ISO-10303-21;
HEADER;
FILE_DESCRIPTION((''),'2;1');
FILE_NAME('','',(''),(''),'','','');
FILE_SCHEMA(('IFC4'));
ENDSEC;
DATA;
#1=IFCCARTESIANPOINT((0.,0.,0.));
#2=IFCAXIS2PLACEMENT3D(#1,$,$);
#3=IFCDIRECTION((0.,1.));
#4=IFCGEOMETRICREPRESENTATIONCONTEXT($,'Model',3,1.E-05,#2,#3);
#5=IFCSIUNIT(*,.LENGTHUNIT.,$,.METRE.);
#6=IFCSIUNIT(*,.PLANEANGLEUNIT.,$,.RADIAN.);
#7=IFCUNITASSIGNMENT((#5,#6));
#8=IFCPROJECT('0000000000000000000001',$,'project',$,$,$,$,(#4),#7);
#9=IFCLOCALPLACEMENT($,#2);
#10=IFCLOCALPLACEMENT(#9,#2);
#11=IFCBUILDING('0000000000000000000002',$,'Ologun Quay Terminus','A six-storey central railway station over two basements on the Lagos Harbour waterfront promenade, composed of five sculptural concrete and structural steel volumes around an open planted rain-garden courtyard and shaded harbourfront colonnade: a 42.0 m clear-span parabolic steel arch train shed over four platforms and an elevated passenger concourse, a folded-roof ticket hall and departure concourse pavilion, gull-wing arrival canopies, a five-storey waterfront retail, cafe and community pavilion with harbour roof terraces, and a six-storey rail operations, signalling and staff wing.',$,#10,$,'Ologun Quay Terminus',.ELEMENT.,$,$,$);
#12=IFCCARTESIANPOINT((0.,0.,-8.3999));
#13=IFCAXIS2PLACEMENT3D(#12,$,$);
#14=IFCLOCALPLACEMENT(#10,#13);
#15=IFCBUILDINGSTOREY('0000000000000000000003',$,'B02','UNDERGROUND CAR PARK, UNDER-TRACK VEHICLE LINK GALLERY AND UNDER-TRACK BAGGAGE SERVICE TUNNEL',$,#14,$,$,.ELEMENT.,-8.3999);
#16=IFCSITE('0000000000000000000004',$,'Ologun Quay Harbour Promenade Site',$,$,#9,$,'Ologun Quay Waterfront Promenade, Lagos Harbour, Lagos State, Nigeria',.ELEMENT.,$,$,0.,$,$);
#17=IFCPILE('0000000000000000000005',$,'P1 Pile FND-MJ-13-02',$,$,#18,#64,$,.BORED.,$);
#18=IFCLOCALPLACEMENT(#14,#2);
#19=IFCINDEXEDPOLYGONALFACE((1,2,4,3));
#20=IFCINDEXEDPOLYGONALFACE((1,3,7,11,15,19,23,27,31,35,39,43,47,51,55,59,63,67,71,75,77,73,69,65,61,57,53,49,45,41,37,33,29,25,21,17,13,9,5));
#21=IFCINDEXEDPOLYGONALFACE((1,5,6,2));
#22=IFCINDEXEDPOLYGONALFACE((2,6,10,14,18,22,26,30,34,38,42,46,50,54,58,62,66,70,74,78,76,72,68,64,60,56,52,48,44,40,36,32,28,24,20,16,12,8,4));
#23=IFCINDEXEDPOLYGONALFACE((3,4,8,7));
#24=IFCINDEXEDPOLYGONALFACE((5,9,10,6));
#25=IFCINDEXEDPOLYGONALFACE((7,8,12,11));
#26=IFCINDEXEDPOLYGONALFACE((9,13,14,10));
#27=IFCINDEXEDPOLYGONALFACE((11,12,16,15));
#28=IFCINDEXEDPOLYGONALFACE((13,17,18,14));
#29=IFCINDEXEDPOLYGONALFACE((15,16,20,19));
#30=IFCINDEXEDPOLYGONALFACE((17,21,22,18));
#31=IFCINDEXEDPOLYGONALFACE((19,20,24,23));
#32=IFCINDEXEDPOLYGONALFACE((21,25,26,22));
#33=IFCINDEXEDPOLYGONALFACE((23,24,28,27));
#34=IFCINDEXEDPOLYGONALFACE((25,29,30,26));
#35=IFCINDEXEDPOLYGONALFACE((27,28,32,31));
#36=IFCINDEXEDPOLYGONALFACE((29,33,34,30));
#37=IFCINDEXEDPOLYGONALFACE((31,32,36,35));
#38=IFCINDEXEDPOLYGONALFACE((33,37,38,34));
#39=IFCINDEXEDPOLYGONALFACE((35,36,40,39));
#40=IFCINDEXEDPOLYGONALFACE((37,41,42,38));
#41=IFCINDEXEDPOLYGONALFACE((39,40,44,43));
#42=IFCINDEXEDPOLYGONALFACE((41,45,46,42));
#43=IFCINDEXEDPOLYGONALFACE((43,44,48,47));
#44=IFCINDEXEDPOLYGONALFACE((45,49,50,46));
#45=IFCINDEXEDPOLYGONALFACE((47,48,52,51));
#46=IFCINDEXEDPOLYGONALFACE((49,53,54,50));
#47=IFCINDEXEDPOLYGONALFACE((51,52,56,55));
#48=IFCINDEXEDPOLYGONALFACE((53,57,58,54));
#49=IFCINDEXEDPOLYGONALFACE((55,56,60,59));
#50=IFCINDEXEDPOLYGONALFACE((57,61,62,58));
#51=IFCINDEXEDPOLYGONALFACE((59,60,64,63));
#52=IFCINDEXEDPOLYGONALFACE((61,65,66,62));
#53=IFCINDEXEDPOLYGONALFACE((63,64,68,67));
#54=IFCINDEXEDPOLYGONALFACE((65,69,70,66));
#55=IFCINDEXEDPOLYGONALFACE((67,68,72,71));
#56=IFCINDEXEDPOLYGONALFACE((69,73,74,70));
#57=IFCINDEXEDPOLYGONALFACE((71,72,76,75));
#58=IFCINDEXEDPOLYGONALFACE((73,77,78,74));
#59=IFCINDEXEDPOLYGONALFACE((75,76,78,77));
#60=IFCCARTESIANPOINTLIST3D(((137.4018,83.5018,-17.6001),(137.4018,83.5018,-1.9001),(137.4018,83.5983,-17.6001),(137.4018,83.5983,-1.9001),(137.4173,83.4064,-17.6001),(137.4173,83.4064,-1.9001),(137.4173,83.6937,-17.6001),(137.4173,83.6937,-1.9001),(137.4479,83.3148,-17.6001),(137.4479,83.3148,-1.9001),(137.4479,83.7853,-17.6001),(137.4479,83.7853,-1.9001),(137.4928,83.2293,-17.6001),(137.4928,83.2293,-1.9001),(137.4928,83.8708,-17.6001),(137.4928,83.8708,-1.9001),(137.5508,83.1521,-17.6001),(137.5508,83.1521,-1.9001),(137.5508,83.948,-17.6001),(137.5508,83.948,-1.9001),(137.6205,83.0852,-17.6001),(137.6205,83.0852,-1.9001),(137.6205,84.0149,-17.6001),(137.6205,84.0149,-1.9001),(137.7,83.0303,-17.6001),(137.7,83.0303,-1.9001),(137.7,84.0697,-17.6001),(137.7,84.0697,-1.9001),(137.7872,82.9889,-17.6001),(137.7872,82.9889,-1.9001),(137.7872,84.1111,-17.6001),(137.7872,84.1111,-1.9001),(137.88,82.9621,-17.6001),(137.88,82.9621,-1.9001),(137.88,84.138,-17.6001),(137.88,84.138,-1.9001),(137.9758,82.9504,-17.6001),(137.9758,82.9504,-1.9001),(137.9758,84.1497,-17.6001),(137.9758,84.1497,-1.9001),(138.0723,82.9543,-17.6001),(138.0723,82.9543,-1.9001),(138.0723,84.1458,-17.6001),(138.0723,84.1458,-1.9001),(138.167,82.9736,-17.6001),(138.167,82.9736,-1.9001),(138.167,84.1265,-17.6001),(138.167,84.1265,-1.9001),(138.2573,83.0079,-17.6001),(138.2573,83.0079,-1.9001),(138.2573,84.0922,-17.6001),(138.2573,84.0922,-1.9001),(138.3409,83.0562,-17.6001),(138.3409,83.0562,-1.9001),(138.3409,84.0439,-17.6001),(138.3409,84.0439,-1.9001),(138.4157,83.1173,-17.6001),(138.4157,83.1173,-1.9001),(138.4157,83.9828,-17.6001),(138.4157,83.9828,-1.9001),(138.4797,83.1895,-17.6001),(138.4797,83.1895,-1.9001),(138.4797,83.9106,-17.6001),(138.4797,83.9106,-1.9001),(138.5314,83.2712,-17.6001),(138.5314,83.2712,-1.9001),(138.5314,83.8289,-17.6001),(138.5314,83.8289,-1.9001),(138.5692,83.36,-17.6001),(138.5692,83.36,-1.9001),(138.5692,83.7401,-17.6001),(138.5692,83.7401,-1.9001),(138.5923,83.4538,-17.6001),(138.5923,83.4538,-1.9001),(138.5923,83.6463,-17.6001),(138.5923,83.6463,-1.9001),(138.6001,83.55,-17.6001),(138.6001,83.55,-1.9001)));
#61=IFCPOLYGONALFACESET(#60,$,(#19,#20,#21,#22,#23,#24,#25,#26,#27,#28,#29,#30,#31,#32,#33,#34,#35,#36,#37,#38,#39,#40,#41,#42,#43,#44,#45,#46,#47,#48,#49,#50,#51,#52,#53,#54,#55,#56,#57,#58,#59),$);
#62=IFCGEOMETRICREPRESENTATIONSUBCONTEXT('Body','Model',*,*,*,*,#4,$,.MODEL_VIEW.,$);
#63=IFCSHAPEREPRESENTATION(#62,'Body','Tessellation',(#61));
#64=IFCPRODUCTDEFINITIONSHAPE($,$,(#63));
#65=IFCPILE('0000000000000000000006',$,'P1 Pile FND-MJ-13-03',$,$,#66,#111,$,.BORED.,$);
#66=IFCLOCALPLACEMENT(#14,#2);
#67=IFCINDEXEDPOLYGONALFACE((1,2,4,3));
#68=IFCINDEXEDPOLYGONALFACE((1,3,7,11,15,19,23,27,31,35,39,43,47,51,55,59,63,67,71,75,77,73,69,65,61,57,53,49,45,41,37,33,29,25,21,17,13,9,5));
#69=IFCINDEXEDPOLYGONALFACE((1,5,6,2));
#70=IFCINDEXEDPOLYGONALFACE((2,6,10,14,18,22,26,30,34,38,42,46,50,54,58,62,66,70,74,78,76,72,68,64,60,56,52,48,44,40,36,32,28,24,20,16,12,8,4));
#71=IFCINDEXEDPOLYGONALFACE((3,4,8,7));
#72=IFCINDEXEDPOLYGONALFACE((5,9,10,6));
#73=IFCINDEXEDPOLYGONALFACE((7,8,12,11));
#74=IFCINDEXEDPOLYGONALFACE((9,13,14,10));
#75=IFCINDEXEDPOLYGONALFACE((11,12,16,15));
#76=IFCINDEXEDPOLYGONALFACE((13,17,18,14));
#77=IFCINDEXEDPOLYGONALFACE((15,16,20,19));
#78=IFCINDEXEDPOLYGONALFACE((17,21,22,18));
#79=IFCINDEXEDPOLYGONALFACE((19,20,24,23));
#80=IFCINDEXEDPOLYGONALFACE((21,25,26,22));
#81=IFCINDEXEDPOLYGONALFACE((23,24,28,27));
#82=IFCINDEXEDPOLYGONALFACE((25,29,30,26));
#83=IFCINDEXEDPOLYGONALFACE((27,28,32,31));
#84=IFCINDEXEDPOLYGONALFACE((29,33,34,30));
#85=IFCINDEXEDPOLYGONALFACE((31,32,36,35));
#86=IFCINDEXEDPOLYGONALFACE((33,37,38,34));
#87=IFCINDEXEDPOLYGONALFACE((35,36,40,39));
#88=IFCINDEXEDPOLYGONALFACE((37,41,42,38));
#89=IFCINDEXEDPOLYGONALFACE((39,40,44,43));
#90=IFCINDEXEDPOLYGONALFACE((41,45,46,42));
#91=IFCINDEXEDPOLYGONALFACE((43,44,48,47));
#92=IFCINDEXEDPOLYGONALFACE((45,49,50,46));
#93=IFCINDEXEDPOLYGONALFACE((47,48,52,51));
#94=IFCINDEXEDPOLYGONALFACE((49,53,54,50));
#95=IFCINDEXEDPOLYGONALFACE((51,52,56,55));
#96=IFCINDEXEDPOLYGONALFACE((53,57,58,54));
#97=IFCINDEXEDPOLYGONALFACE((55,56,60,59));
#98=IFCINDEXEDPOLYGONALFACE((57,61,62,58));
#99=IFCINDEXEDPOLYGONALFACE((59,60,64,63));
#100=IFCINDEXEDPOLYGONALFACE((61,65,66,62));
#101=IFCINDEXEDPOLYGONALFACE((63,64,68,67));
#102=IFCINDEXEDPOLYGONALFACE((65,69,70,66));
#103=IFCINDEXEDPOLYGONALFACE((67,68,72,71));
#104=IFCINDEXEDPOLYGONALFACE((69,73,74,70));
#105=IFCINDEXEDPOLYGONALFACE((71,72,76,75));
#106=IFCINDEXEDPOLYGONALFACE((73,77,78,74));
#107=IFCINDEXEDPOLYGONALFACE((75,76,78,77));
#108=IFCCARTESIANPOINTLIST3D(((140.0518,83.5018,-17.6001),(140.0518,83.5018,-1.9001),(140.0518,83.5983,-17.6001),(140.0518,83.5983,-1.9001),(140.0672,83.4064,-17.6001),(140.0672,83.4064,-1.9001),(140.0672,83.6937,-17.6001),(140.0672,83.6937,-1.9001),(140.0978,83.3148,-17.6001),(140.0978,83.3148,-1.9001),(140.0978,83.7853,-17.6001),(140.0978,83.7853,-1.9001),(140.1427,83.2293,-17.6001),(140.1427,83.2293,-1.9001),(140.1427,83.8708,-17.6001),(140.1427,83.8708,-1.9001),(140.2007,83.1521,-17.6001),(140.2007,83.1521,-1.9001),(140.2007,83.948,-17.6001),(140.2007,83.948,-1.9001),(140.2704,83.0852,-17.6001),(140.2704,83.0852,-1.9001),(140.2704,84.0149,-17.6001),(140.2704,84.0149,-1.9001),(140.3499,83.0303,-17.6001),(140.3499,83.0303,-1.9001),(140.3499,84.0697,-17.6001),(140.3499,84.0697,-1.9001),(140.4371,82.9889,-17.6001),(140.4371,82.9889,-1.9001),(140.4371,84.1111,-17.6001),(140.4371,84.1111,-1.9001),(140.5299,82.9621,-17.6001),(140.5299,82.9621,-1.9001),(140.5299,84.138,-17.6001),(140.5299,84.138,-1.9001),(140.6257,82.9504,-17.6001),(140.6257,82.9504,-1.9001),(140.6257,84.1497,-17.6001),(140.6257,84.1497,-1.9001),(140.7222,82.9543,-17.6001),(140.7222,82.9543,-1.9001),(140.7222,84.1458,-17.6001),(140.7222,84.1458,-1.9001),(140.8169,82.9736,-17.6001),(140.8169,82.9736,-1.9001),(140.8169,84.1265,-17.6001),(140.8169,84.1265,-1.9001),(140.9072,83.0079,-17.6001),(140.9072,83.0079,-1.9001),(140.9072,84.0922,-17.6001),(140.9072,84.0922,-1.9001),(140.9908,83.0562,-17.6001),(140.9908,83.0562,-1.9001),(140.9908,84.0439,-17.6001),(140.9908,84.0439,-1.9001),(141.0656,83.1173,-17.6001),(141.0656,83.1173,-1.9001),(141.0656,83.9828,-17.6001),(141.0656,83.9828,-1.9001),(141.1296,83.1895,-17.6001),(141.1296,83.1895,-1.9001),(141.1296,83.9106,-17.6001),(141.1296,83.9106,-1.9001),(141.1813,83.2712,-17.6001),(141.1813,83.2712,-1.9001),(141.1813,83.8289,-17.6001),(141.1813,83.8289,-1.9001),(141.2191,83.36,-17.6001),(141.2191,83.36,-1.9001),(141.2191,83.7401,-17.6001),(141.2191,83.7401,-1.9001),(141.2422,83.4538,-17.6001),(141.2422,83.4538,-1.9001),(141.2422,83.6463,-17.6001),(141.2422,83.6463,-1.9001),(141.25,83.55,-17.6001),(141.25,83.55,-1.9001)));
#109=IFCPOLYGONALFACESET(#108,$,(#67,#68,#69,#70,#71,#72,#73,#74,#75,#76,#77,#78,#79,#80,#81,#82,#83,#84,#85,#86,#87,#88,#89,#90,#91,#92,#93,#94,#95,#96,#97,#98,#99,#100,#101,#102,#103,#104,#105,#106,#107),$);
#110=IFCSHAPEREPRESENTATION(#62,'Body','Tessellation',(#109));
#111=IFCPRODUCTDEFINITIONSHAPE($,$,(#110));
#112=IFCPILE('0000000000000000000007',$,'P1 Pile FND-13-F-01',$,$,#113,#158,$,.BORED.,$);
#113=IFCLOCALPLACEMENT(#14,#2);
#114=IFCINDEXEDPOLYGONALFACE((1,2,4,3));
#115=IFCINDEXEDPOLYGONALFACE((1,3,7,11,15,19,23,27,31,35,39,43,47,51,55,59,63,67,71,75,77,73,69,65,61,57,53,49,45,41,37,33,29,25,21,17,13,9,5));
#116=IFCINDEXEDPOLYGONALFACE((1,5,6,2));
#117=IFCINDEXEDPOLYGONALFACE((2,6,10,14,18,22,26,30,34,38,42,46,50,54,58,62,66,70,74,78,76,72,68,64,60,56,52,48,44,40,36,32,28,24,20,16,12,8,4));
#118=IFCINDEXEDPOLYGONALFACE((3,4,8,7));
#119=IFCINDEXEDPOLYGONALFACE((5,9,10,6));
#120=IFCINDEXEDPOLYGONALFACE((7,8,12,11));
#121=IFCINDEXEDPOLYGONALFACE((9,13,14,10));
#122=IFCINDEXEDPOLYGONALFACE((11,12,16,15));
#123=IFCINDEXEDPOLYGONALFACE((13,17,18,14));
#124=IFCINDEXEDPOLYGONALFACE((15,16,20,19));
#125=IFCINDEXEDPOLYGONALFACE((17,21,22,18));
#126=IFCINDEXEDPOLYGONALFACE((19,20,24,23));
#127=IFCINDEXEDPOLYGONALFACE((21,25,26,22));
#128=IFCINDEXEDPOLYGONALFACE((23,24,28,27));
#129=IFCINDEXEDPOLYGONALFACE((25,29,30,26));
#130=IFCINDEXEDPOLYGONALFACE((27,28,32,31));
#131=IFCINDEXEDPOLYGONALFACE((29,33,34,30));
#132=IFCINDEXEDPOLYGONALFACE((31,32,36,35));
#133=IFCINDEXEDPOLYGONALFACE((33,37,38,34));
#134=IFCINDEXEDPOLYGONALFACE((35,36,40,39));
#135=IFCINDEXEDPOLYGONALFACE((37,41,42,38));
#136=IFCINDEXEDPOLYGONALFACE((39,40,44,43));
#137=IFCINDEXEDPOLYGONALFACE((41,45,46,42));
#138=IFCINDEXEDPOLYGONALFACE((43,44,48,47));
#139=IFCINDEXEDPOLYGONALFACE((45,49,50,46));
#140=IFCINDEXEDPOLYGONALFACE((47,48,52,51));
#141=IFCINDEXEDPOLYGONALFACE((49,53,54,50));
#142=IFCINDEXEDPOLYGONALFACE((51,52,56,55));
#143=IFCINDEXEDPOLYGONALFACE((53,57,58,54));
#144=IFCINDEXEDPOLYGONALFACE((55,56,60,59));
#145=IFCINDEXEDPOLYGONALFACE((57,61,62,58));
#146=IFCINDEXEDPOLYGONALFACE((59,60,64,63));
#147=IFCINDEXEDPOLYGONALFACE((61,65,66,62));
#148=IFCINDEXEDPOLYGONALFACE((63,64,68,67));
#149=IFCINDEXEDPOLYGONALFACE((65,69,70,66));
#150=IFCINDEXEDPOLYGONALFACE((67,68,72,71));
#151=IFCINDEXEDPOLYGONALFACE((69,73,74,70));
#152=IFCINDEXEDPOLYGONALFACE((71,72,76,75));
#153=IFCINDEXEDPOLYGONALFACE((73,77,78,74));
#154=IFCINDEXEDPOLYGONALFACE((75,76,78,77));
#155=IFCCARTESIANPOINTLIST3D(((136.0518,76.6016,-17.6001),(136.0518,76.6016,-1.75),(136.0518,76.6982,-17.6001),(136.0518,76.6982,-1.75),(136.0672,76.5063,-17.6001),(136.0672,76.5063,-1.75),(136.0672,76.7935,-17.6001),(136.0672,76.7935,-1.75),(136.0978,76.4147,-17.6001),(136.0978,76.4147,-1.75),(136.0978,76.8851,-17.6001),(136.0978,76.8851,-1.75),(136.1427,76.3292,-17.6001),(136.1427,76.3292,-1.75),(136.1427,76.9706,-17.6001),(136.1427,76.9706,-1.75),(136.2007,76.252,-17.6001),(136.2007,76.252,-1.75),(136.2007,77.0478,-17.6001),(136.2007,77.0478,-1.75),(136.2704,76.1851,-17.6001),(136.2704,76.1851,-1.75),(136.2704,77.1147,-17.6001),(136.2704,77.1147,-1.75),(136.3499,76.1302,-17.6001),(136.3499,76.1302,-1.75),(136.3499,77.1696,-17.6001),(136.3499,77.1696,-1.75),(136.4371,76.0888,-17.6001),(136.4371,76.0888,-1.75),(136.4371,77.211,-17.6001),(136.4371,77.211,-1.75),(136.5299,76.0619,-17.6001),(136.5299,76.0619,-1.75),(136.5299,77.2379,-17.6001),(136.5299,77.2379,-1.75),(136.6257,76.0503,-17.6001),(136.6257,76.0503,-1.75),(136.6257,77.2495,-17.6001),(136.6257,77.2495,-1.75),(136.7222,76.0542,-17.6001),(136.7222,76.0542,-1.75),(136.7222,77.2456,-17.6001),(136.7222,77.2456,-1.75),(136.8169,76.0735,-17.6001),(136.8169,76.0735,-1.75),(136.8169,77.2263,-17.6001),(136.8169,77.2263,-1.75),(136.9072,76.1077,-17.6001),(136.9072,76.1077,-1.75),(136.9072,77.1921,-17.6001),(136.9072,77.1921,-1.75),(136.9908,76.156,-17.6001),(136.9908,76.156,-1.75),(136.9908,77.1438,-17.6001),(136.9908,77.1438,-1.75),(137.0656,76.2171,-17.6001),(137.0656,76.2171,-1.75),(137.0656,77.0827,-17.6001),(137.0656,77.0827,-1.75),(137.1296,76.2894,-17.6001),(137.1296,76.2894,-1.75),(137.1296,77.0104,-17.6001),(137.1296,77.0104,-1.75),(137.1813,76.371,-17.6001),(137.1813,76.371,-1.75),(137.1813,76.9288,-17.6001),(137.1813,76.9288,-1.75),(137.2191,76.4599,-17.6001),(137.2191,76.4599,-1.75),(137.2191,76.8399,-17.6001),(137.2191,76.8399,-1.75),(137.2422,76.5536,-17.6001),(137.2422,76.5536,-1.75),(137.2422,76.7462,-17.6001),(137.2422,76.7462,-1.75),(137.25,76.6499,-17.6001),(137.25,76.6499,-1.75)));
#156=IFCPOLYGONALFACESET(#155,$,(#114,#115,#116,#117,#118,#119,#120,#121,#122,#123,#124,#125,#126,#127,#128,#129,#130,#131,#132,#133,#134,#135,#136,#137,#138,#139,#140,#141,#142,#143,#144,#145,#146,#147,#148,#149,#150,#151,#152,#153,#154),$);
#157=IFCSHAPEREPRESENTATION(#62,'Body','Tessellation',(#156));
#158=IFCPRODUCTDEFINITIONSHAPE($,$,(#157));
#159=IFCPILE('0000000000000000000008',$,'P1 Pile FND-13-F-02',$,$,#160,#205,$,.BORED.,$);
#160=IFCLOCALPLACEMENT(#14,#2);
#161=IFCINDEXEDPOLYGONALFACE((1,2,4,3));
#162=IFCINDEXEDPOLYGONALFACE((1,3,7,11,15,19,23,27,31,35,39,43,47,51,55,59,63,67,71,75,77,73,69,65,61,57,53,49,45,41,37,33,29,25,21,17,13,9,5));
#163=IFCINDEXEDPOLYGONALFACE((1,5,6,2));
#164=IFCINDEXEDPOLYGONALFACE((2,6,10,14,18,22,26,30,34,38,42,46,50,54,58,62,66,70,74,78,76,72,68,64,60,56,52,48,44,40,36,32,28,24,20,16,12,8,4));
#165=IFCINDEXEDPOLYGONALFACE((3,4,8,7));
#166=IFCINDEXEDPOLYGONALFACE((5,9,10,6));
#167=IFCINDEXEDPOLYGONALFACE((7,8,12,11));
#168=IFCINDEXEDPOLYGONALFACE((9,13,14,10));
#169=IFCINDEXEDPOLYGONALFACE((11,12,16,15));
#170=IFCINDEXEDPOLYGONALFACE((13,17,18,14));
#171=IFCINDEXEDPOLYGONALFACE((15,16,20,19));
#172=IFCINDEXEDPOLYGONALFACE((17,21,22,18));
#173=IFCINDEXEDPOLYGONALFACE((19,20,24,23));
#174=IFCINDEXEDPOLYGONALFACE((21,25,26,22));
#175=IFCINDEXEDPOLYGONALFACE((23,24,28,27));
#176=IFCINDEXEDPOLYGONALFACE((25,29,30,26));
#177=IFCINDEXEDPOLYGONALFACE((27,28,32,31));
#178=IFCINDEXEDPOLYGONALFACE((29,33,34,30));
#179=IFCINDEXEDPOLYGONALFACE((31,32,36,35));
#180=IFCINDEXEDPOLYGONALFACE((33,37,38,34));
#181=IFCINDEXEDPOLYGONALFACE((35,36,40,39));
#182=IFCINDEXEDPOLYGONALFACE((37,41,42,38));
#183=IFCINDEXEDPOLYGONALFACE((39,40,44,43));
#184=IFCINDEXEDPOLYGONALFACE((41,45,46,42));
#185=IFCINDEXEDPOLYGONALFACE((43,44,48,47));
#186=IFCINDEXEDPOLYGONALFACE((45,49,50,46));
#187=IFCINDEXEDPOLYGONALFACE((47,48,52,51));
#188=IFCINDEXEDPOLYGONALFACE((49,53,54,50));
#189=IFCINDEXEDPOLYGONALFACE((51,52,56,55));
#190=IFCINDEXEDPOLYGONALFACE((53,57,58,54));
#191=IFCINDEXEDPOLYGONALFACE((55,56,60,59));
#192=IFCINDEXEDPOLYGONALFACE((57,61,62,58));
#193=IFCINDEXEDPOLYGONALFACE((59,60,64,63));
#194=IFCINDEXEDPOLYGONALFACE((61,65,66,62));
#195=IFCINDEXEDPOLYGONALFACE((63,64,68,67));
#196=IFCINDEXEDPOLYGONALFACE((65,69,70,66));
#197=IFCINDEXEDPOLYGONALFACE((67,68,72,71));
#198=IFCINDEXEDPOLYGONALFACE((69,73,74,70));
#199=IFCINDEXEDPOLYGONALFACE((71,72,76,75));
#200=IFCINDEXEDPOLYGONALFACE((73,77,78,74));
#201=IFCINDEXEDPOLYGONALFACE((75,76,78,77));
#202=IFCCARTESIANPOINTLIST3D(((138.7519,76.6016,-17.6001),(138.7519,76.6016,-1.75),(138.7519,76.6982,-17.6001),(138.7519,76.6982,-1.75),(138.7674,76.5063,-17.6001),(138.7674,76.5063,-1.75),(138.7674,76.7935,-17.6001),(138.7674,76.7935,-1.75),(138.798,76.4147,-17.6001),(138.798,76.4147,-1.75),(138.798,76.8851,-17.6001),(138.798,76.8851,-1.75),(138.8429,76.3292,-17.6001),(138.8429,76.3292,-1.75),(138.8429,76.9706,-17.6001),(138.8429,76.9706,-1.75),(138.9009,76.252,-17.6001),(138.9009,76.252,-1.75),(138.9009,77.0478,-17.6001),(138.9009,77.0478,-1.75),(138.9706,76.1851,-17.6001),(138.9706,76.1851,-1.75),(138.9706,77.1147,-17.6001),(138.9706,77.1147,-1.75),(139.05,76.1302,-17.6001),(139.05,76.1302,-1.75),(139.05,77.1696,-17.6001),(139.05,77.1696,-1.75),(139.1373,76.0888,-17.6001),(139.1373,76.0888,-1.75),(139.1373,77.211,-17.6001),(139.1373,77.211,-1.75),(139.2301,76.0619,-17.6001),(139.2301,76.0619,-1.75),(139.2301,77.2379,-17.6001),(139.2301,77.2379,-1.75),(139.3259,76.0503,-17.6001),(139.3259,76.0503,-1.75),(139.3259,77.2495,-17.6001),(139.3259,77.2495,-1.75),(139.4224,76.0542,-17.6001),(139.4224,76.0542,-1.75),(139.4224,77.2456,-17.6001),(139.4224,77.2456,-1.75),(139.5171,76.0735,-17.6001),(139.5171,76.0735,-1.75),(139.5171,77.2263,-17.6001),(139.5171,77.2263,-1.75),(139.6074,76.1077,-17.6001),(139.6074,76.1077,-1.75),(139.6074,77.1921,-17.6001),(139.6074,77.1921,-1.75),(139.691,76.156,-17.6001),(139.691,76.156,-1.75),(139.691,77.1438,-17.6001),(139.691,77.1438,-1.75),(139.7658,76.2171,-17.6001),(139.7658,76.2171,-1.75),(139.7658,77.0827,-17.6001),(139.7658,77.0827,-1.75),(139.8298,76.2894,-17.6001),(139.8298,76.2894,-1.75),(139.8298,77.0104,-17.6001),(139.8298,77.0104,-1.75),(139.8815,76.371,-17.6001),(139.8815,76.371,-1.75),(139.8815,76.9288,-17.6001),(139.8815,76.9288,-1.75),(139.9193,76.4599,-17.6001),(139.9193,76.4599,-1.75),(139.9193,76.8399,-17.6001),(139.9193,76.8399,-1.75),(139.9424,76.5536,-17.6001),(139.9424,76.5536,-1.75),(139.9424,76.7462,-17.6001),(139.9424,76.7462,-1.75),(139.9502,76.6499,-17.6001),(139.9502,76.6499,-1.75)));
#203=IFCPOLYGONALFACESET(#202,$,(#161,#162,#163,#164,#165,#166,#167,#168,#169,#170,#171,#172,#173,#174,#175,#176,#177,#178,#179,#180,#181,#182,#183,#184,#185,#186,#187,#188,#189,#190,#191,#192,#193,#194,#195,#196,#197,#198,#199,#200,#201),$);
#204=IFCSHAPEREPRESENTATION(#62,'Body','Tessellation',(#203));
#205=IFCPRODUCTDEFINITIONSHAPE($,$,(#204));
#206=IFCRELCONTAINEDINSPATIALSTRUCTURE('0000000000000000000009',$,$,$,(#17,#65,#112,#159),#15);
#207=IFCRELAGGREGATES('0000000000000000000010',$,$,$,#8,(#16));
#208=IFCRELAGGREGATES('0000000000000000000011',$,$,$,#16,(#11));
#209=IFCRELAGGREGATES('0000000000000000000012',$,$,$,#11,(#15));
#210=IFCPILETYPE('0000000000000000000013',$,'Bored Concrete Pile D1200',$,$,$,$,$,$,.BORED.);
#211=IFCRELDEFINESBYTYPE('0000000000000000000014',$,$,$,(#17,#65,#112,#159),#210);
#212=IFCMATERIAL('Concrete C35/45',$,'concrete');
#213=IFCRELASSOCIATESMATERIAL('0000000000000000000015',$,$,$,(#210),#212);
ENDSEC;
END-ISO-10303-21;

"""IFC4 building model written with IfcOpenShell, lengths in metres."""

from ifc_helpers import new_model, si_unit, direction, frame, origin, origin_2d, place, context, subcontext, project, spatial, circle, extrude, material, material_profile, profile_set, type_object, element, save


model = new_model("IFC4")

# Units and contexts
model_context = context("Model", 3, precision=1e-05, world=origin(), true_north=direction((0.0, 1.0)))
body_context = subcontext(model_context, "Body", "Model", "MODEL_VIEW")
ifc_project = project(units=[si_unit("LENGTHUNIT", "METRE"), si_unit("PLANEANGLEUNIT", "RADIAN")], contexts=[model_context])

# Site, building, storey
site_placement = place(None, origin())
site = spatial("IfcSite", under=ifc_project, at=site_placement, Name="Ologun Quay Harbour Promenade Site", LongName="Ologun Quay Waterfront Promenade, Lagos Harbour, Lagos State, Nigeria", CompositionType="ELEMENT", RefElevation=0.0)
building_placement = place(site_placement, origin())
building = spatial("IfcBuilding", under=site, at=building_placement, Name="Ologun Quay Terminus", Description="A six-storey central railway station over two basements on the Lagos Harbour waterfront promenade, composed of five sculptural concrete and structural steel volumes around an open planted rain-garden courtyard and shaded harbourfront colonnade: a 42.0 m clear-span parabolic steel arch train shed over four platforms and an elevated passenger concourse, a folded-roof ticket hall and departure concourse pavilion, gull-wing arrival canopies, a five-storey waterfront retail, cafe and community pavilion with harbour roof terraces, and a six-storey rail operations, signalling and staff wing.", LongName="Ologun Quay Terminus", CompositionType="ELEMENT")
storey_placement = place(building_placement, frame((0.0, 0.0, -8.3999)))
storey = spatial("IfcBuildingStorey", under=building, at=storey_placement, Name="B02", Description="UNDERGROUND CAR PARK, UNDER-TRACK VEHICLE LINK GALLERY AND UNDER-TRACK BAGGAGE SERVICE TUNNEL", CompositionType="ELEMENT", Elevation=-8.3999)

# Piles
ifc_material_1 = material(Name="Concrete C35/45", Category="concrete")
ifc_material_profile_1 = material_profile(ifc_material_1, circle(Radius=0.6001, at=origin_2d()), Name="PILE D1200")
ifc_profile_set_1 = profile_set([ifc_material_profile_1], Name="Concrete C35/45")
pile_type = type_object("IfcPileType", Name="Bored Concrete Pile D1200", PredefinedType="BORED", material=ifc_profile_set_1)
for number, where, z_axis, x_axis, name in (
    (1, (138.0, 83.55, -1.9001), (0.0, 0.0, -1.0), (1.0, 0.0, 0.0), "P1 Pile FND-MJ-13-02"),
    (2, (140.6499, 83.55, -1.9001), (0.0, 0.0, -1.0), (1.0, 0.0, 0.0), "P1 Pile FND-MJ-13-03"),
):
    element("IfcPile", number, at=place(storey_placement, frame(where, z_axis=z_axis, x_axis=x_axis)), inside=storey, type_object=pile_type, Name=name, PredefinedType="BORED", context=body_context, shape_type="SweptSolid", body=[
        extrude(circle(Radius=0.6001, at=origin_2d()), origin(), (0.0, 0.0, 1.0), 15.7),
    ])
for number, where, z_axis, x_axis, name in (
    (3, (136.6499, 76.6499, -1.75), (0.0, 0.0, -1.0), (1.0, 0.0, 0.0), "P1 Pile FND-13-F-01"),
    (4, (139.3501, 76.6499, -1.75), (0.0, 0.0, -1.0), (1.0, 0.0, 0.0), "P1 Pile FND-13-F-02"),
):
    element("IfcPile", number, at=place(storey_placement, frame(where, z_axis=z_axis, x_axis=x_axis)), inside=storey, type_object=pile_type, Name=name, PredefinedType="BORED", context=body_context, shape_type="SweptSolid", body=[
        extrude(circle(Radius=0.6001, at=origin_2d()), origin(), (0.0, 0.0, 1.0), 15.8501),
    ])

save(model, "model.ifc")
